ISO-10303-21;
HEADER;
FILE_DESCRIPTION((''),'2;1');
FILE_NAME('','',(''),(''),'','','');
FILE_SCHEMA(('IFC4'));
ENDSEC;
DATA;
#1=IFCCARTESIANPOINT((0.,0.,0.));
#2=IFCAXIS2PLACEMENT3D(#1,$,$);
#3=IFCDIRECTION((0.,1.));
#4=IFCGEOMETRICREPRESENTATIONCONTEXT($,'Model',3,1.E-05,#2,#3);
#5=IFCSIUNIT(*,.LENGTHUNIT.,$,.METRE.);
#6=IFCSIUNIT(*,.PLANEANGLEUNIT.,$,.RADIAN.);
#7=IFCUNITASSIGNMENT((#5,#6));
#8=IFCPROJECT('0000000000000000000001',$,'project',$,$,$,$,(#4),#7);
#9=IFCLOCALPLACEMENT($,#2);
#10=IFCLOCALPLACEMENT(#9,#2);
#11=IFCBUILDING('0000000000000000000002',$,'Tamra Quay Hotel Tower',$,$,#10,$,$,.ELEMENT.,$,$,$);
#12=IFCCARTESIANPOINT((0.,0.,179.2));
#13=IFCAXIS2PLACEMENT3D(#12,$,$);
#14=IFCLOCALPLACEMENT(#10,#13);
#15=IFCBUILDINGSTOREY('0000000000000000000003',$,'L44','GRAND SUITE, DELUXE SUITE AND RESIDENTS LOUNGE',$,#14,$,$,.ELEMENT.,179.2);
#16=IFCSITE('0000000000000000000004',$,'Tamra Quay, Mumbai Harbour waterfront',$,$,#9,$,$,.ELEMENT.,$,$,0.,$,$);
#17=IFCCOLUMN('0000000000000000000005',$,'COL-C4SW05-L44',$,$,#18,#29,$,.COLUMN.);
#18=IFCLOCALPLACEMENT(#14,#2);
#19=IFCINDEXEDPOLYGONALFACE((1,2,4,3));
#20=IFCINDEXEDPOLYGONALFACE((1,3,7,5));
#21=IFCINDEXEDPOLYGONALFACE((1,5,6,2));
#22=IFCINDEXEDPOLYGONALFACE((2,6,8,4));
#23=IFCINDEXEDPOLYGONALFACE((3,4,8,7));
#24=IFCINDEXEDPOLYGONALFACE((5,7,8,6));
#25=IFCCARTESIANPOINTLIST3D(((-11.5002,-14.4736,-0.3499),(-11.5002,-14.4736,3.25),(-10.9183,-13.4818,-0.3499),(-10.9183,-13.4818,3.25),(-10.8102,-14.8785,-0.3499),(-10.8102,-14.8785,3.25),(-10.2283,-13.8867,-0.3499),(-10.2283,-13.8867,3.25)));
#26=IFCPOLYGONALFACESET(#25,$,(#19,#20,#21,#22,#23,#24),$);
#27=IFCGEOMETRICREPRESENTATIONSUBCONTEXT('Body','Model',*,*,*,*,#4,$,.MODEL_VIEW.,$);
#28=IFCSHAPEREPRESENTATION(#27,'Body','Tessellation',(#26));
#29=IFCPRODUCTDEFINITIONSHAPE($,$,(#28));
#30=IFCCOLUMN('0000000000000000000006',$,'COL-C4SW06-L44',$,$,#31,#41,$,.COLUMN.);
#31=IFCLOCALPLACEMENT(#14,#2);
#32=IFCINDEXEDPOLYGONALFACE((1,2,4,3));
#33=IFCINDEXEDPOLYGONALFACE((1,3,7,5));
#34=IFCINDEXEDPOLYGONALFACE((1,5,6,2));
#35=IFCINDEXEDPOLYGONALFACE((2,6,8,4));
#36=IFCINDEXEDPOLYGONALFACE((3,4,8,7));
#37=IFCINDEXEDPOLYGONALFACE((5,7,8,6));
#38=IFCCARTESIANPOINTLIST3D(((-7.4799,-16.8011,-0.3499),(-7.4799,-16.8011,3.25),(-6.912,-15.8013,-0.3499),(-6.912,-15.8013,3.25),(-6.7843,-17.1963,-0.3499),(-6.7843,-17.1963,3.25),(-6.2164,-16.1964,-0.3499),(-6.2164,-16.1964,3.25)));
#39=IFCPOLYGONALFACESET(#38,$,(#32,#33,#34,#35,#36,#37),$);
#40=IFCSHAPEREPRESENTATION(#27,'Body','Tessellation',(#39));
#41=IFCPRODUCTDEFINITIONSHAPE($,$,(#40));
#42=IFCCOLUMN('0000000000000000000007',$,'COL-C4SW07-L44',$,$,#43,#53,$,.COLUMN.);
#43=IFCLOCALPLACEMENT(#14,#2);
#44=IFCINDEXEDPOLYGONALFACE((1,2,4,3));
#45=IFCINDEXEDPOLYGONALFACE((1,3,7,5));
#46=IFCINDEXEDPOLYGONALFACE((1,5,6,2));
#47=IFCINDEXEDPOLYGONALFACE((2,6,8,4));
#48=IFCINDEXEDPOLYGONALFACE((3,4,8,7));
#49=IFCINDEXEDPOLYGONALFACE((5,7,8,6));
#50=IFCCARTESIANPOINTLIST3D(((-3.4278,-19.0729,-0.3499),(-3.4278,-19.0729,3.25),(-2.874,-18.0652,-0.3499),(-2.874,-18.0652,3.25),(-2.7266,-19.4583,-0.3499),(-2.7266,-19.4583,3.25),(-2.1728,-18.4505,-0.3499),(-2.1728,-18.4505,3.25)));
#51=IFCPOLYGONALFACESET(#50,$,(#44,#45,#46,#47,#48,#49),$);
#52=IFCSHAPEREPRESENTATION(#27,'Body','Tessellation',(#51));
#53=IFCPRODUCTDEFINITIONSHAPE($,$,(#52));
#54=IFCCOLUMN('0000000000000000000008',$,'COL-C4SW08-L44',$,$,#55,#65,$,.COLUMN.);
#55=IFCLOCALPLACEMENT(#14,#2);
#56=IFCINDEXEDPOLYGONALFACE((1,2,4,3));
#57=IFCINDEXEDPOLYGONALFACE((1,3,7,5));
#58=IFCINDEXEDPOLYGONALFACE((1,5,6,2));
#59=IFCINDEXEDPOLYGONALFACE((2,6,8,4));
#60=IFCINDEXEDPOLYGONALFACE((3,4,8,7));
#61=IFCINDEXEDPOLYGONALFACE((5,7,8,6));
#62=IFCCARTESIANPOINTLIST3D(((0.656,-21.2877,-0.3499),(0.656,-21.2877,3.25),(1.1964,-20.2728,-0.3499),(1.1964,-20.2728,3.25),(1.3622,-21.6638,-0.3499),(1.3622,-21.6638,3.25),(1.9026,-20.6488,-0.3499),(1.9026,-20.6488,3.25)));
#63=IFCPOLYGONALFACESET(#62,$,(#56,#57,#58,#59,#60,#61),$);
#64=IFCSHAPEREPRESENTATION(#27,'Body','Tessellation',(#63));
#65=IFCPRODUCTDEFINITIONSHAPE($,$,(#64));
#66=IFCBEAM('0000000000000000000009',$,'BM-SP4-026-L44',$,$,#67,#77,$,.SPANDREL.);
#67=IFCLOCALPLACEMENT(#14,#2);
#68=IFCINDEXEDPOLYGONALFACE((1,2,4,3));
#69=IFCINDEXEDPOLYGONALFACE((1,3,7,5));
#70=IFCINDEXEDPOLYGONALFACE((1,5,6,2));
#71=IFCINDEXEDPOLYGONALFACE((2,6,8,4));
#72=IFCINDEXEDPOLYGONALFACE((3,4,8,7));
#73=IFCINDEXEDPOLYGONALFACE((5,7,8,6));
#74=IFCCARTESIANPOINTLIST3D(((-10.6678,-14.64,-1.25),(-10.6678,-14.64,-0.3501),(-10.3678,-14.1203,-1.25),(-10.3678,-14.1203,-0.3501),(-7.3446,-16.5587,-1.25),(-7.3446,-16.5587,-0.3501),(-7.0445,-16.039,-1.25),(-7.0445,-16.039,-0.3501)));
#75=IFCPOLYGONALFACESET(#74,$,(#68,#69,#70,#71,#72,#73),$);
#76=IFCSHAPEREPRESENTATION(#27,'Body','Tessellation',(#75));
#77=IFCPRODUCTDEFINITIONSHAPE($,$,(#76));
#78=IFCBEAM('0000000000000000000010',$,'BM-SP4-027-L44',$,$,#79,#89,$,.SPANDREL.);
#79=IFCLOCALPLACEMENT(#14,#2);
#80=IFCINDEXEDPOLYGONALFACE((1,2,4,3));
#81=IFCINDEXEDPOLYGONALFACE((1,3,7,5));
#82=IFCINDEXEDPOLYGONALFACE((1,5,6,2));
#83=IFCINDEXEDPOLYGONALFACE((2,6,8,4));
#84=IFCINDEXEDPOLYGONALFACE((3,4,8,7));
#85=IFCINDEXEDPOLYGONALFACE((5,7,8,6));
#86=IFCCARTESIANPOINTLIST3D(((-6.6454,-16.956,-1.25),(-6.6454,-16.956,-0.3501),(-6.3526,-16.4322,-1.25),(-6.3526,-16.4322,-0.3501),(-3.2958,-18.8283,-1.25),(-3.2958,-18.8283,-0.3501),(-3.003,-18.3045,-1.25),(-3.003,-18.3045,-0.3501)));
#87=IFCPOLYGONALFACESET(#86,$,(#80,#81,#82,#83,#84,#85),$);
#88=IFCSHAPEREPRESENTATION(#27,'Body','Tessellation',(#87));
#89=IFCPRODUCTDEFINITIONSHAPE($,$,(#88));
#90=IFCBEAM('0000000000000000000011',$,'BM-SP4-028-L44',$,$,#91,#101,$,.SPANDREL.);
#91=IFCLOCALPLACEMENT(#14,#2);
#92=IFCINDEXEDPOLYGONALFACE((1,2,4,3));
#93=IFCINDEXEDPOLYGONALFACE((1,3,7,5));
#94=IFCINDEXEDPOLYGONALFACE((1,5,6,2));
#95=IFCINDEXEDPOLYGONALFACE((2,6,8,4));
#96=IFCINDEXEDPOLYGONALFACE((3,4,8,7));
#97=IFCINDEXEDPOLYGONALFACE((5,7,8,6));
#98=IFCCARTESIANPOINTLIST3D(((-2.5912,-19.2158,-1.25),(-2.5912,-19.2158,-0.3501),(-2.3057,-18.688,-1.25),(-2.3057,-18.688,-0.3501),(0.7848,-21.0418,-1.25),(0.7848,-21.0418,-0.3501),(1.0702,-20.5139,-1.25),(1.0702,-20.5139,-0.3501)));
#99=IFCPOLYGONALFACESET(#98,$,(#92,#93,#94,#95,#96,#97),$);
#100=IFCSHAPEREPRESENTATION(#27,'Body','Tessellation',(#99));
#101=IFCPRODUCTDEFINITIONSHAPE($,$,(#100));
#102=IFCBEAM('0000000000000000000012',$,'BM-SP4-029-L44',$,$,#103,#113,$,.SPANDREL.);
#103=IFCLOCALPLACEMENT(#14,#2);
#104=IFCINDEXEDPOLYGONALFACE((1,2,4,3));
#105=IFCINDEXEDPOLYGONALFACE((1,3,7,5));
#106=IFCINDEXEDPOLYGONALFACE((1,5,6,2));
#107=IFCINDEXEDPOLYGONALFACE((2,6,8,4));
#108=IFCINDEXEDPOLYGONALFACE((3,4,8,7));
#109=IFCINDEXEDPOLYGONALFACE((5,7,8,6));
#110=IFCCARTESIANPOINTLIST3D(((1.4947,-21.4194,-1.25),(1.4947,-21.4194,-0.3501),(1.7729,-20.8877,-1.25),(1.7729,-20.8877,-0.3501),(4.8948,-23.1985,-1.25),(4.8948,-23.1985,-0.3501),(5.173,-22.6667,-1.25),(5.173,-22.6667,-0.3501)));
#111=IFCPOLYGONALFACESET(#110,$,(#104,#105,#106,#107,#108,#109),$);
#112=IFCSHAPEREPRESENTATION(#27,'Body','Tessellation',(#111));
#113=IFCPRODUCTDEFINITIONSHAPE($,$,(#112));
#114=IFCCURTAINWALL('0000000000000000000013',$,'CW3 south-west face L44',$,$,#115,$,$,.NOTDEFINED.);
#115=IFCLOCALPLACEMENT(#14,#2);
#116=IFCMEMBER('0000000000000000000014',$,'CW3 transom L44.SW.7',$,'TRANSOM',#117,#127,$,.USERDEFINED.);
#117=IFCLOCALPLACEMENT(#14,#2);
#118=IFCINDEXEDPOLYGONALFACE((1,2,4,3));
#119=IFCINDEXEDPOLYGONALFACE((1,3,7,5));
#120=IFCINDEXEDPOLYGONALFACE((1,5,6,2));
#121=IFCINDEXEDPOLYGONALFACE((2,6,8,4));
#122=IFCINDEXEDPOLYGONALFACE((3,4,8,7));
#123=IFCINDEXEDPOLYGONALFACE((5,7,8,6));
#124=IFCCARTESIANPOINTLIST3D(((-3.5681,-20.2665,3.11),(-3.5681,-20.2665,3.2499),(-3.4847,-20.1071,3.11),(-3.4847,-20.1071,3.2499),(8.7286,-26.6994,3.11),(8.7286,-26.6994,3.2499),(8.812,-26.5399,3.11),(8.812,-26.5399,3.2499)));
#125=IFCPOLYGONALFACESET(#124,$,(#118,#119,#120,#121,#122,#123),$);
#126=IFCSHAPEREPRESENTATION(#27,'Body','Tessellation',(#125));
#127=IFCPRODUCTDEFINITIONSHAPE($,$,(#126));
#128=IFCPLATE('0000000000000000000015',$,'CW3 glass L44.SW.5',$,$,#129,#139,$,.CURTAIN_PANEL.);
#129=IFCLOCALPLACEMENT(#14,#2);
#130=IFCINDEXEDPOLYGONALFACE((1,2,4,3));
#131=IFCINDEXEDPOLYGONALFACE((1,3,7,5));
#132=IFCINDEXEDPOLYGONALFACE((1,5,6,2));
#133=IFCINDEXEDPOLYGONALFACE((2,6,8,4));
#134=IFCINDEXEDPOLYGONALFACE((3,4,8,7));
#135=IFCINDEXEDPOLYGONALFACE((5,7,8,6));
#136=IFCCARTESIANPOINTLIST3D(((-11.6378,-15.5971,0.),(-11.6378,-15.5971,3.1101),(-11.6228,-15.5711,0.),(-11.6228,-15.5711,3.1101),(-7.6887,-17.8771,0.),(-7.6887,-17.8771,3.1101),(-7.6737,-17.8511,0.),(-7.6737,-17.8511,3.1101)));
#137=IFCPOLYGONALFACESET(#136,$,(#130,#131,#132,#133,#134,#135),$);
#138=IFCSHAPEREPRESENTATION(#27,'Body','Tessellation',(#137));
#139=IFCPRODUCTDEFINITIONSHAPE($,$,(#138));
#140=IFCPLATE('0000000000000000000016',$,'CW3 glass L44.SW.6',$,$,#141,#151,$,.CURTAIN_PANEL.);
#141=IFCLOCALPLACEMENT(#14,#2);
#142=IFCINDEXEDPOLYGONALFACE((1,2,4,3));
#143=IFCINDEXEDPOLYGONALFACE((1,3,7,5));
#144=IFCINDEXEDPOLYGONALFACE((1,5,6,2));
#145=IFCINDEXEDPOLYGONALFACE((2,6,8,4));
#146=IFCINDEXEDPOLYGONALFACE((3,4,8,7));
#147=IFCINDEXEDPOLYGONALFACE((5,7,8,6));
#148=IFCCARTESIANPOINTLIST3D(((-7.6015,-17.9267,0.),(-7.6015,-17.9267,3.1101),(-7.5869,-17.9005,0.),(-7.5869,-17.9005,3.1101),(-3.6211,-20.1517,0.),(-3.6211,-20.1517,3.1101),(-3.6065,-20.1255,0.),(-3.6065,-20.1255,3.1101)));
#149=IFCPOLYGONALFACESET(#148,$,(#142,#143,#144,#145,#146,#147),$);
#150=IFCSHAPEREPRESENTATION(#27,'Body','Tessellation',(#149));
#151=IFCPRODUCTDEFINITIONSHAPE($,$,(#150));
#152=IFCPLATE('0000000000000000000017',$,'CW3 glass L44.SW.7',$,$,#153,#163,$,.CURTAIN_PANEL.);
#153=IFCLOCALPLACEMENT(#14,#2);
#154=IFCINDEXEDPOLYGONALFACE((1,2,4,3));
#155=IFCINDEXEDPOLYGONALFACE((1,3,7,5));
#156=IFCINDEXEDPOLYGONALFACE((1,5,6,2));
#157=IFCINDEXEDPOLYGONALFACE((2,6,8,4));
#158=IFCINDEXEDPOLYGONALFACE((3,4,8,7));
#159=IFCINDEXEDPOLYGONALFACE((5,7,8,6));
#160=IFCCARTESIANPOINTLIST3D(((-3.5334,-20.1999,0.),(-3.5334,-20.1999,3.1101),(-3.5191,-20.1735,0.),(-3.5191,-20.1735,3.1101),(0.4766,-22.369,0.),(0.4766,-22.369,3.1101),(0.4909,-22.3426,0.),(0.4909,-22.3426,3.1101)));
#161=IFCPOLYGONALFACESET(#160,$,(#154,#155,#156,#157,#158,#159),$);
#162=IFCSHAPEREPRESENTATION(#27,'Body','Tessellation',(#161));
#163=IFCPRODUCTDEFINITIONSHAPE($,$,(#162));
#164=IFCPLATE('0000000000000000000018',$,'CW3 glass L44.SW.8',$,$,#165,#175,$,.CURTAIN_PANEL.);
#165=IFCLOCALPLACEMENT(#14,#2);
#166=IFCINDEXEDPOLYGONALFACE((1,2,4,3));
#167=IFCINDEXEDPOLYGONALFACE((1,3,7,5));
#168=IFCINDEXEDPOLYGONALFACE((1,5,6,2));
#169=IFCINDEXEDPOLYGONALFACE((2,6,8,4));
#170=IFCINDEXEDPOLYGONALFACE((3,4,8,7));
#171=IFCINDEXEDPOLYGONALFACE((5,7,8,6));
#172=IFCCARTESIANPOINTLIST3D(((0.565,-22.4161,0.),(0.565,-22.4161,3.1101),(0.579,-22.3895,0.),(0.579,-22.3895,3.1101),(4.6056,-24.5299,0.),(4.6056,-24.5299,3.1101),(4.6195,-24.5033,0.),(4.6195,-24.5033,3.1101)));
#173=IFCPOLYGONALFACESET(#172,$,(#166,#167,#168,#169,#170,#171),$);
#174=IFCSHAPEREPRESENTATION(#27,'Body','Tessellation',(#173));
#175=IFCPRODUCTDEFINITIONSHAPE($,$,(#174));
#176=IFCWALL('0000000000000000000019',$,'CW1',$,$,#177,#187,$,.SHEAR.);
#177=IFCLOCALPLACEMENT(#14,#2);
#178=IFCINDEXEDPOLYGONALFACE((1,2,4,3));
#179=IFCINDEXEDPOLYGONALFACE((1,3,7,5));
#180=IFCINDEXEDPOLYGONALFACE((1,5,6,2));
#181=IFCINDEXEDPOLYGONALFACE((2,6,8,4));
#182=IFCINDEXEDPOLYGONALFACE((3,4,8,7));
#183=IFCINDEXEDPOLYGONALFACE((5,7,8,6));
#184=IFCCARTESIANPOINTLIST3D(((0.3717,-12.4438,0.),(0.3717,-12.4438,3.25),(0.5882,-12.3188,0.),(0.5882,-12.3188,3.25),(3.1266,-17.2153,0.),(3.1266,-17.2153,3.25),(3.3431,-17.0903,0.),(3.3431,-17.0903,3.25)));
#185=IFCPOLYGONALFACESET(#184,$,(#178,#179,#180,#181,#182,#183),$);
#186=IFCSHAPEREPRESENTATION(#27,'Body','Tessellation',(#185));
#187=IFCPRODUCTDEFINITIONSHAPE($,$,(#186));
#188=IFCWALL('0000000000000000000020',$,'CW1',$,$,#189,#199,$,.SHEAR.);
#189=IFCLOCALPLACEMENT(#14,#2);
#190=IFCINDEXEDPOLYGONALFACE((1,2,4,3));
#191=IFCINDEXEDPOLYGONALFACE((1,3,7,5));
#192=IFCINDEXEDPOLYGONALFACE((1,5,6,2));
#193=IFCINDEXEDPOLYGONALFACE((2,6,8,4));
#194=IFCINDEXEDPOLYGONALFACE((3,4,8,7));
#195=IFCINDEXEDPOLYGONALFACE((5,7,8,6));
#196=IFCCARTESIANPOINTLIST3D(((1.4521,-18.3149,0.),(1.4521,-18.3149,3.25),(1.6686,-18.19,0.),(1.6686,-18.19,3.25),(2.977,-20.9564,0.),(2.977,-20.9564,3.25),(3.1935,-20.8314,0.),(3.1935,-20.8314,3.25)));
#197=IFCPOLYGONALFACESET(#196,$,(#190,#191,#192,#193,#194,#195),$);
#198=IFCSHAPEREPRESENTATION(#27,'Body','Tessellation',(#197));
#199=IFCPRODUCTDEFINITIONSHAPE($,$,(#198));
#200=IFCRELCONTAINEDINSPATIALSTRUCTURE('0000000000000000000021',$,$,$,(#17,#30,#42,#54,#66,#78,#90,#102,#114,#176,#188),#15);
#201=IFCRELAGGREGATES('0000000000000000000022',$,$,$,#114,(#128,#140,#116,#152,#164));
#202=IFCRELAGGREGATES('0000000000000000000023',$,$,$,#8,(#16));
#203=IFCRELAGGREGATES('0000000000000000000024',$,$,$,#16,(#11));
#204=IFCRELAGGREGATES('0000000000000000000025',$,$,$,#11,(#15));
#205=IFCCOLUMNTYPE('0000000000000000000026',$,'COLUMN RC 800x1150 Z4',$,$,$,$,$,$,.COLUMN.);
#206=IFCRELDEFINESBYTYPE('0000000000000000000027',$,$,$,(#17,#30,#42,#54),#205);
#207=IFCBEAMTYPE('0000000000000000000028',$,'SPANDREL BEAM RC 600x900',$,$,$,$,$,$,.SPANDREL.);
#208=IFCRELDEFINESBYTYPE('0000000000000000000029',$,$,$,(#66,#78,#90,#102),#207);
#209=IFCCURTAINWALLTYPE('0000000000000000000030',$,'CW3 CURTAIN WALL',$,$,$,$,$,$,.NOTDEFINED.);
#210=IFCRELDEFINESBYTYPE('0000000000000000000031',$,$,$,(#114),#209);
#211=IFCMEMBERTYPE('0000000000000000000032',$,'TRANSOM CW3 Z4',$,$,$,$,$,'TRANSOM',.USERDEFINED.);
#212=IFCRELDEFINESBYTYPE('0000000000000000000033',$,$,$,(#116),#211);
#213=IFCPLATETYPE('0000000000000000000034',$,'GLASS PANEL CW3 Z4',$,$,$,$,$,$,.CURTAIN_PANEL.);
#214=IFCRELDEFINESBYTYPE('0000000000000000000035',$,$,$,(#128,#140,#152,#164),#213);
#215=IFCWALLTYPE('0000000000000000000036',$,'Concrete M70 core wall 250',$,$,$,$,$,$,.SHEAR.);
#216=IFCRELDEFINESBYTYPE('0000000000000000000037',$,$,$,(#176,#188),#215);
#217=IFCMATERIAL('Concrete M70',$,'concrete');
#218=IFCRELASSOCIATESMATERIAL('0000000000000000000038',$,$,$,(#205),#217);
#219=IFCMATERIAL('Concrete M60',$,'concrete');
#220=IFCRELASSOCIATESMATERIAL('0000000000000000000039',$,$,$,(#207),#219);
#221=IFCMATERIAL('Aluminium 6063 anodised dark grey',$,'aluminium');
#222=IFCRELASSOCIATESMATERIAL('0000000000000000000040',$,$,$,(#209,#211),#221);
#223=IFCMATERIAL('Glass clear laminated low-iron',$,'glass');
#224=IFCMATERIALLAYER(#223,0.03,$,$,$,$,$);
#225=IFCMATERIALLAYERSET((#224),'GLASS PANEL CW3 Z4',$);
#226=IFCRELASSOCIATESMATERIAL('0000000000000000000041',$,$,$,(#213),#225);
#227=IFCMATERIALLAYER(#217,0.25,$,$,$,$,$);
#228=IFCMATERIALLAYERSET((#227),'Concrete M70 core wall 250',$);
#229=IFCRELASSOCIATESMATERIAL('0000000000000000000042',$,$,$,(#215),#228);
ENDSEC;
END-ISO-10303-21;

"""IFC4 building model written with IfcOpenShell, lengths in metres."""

from ifc_helpers import new_model, si_unit, direction, frame, frame_2d, origin, origin_2d, place, context, subcontext, project, spatial, rectangle, extrude, material, layer, layer_set, material_profile, profile_set, type_object, element, aggregate, save


model = new_model("IFC4")

# Units and contexts
model_context = context("Model", 3, precision=1e-05, world=origin(), true_north=direction((0.0, 1.0)))
body_context = subcontext(model_context, "Body", "Model", "MODEL_VIEW")
ifc_project = project(units=[si_unit("LENGTHUNIT", "METRE"), si_unit("PLANEANGLEUNIT", "RADIAN")], contexts=[model_context])

# Site, building, storey
site_placement = place(None, origin())
site = spatial("IfcSite", under=ifc_project, at=site_placement, Name="Tamra Quay, Mumbai Harbour waterfront", CompositionType="ELEMENT", RefElevation=0.0)
building_placement = place(site_placement, origin())
building = spatial("IfcBuilding", under=site, at=building_placement, Name="Tamra Quay Hotel Tower", CompositionType="ELEMENT")
storey_placement = place(building_placement, frame((0.0, 0.0, 179.2)))
storey = spatial("IfcBuildingStorey", under=building, at=storey_placement, Name="L44", Description="GRAND SUITE, DELUXE SUITE AND RESIDENTS LOUNGE", CompositionType="ELEMENT", Elevation=179.2)

# Columns
ifc_material_1 = material(Name="Concrete M70", Category="concrete")
ifc_material_profile_1 = material_profile(ifc_material_1, rectangle(XDim=1.1499, YDim=0.8, at=origin_2d()), Name="COLUMN RC 800x1150 Z4")
ifc_profile_set_1 = profile_set([ifc_material_profile_1], Name="Concrete M70")
column_type = type_object("IfcColumnType", Name="COLUMN RC 800x1150 Z4", PredefinedType="COLUMN", material=ifc_profile_set_1)
for number, where, z_axis, x_axis, name in (
    (1, (-10.8643, -14.1802, -0.3499), (0.0, 0.0, 1.0), (0.506085, 0.862484, 0.0), "COL-C4SW05-L44"),
    (2, (-6.8481, -16.4988, -0.3499), (0.0, 0.0, 1.0), (0.49389, 0.869524, 0.0), "COL-C4SW06-L44"),
    (3, (-2.8003, -18.7617, -0.3499), (0.0, 0.0, 1.0), (0.481602, 0.87639, 0.0), "COL-C4SW07-L44"),
    (4, (1.2793, -20.9683, -0.3499), (0.0, 0.0, 1.0), (0.470002, 0.882666, 0.0), "COL-C4SW08-L44"),
):
    element("IfcColumn", number, at=place(storey_placement, frame(where, z_axis=z_axis, x_axis=x_axis)), inside=storey, type_object=column_type, Name=name, PredefinedType="COLUMN", context=body_context, shape_type="SweptSolid", body=[
        extrude(rectangle(XDim=1.1499, YDim=0.8, at=origin_2d()), origin(), (0.0, 0.0, 1.0), 3.5999),
    ])

# Beams
ifc_material_2 = material(Name="Concrete M60", Category="concrete")
ifc_material_profile_2 = material_profile(ifc_material_2, rectangle(XDim=0.6001, YDim=0.8999, at=origin_2d()), Name="SPANDREL BEAM RC 600x900")
ifc_profile_set_2 = profile_set([ifc_material_profile_2], Name="Concrete M60")
beam_type = type_object("IfcBeamType", Name="SPANDREL BEAM RC 600x900", PredefinedType="SPANDREL", material=ifc_profile_set_2)
for number, where, z_axis, x_axis, name in (
    (5, (-10.5178, -14.3801, -0.8), (0.866022, -0.500005, 0.0), (0.500005, 0.866022, 0.0), "BM-SP4-026-L44"),
    (6, (-6.499, -16.6941, -0.8), (0.872891, -0.487915, 0.0), (0.487915, 0.872891, 0.0), "BM-SP4-027-L44"),
):
    element("IfcBeam", number, at=place(storey_placement, frame(where, z_axis=z_axis, x_axis=x_axis)), inside=storey, type_object=beam_type, Name=name, PredefinedType="SPANDREL", context=body_context, shape_type="SweptSolid", body=[
        extrude(rectangle(XDim=0.6001, YDim=0.8999, at=origin_2d()), origin(), (0.0, 0.0, 1.0), 3.8374),
    ])
beam_1_placement = place(storey_placement, frame((-2.4485, -18.9519, -0.8), z_axis=(0.879589, -0.475734, 0.0), x_axis=(0.475734, 0.879589, 0.0)))
element("IfcBeam", 7, at=beam_1_placement, inside=storey, type_object=beam_type, Name="BM-SP4-028-L44", PredefinedType="SPANDREL", context=body_context, shape_type="SweptSolid", body=[
    extrude(rectangle(XDim=0.6001, YDim=0.8999, at=origin_2d()), origin(), (0.0, 0.0, 1.0), 3.8381),
])
beam_2_placement = place(storey_placement, frame((1.6338, -21.1536, -0.8), z_axis=(0.886043, -0.463603, 0.0), x_axis=(0.463603, 0.886043, 0.0)))
element("IfcBeam", 8, at=beam_2_placement, inside=storey, type_object=beam_type, Name="BM-SP4-029-L44", PredefinedType="SPANDREL", context=body_context, shape_type="SweptSolid", body=[
    extrude(rectangle(XDim=0.6001, YDim=0.8999, at=origin_2d()), origin(), (0.0, 0.0, 1.0), 3.8374),
])

# Curtain wall, member, plates
ifc_material_3 = material(Name="Aluminium 6063 anodised dark grey", Category="aluminium")
curtain_wall_type = type_object("IfcCurtainWallType", Name="CW3 CURTAIN WALL", PredefinedType="NOTDEFINED", material=ifc_material_3)
curtain_wall_placement = place(storey_placement, origin())
curtain_wall = element("IfcCurtainWall", 9, at=curtain_wall_placement, inside=storey, type_object=curtain_wall_type, Name="CW3 south-west face L44", PredefinedType="NOTDEFINED")
ifc_material_profile_3 = material_profile(ifc_material_3, rectangle(XDim=0.1799, YDim=0.1399, at=origin_2d()), Name="TRANSOM 180X140")
ifc_profile_set_3 = profile_set([ifc_material_profile_3], Name="Aluminium 6063 anodised dark grey")
member_type = type_object("IfcMemberType", Name="TRANSOM CW3 Z4", ElementType="TRANSOM", PredefinedType="USERDEFINED", material=ifc_profile_set_3)
member_placement = place(storey_placement, frame((-3.5264, -20.1868, 3.1799), z_axis=(0.886075, -0.463542, 0.0), x_axis=(0.463542, 0.886075, 0.0)))
member = element("IfcMember", 10, at=member_placement, type_object=member_type, Name="CW3 transom L44.SW.7", ObjectType="TRANSOM", PredefinedType="USERDEFINED", context=body_context, shape_type="SweptSolid", body=[
    extrude(rectangle(XDim=0.1799, YDim=0.1399, at=origin_2d()), origin(), (0.0, 0.0, 1.0), 13.8777),
])
ifc_material_4 = material(Name="Glass clear laminated low-iron", Category="glass")
ifc_layer_1 = layer(ifc_material_4, 0.03)
ifc_layer_set_1 = layer_set([ifc_layer_1], Name="GLASS PANEL CW3 Z4")
plate_type = type_object("IfcPlateType", Name="GLASS PANEL CW3 Z4", PredefinedType="CURTAIN_PANEL", material=ifc_layer_set_1)
plate_1_placement = place(storey_placement, frame((-9.6558, -16.7241, 0.0), z_axis=(0.0, 0.0, 1.0), x_axis=(0.866025, -0.5, 0.0)))
plate_1 = element("IfcPlate", 11, at=plate_1_placement, type_object=plate_type, Name="CW3 glass L44.SW.5", PredefinedType="CURTAIN_PANEL", context=body_context, shape_type="SweptSolid", body=[
    extrude(rectangle(XDim=4.5601, YDim=0.03, at=origin_2d()), origin(), (0.0, 0.0, 1.0), 3.1101),
])
plate_2_placement = place(storey_placement, frame((-5.604, -19.0261, 0.0), z_axis=(0.0, 0.0, 1.0), x_axis=(0.872885, -0.487926, 0.0)))
plate_2 = element("IfcPlate", 12, at=plate_2_placement, type_object=plate_type, Name="CW3 glass L44.SW.6", PredefinedType="CURTAIN_PANEL", context=body_context, shape_type="SweptSolid", body=[
    extrude(rectangle(XDim=4.5601, YDim=0.03, at=origin_2d()), origin(), (0.0, 0.0, 1.0), 3.1101),
])
plate_3_placement = place(storey_placement, frame((-1.5212, -21.2712, 0.0), z_axis=(0.0, 0.0, 1.0), x_axis=(0.879569, -0.475772, 0.0)))
plate_3 = element("IfcPlate", 13, at=plate_3_placement, type_object=plate_type, Name="CW3 glass L44.SW.7", PredefinedType="CURTAIN_PANEL", context=body_context, shape_type="SweptSolid", body=[
    extrude(rectangle(XDim=4.5591, YDim=0.03, at=origin_2d()), origin(), (0.0, 0.0, 1.0), 3.1101),
])
plate_4_placement = place(storey_placement, frame((2.5923, -23.4597, 0.0), z_axis=(0.0, 0.0, 1.0), x_axis=(0.886076, -0.463541, 0.0)))
plate_4 = element("IfcPlate", 14, at=plate_4_placement, type_object=plate_type, Name="CW3 glass L44.SW.8", PredefinedType="CURTAIN_PANEL", context=body_context, shape_type="SweptSolid", body=[
    extrude(rectangle(XDim=4.5601, YDim=0.03, at=origin_2d()), origin(), (0.0, 0.0, 1.0), 3.1101),
])
aggregate(curtain_wall, [plate_1, plate_2, member, plate_3, plate_4])

# Walls
ifc_layer_2 = layer(ifc_material_1, 0.25)
ifc_layer_set_2 = layer_set([ifc_layer_2], Name="Concrete M70 core wall 250")
wall_type_1 = type_object("IfcWallType", Name="Concrete M70 core wall 250", PredefinedType="SHEAR", material=ifc_layer_set_2)
wall_1_placement = place(storey_placement, frame((3.2349, -17.1528, 0.0), z_axis=(0.0, 0.0, 1.0), x_axis=(-0.500009, 0.86602, 0.0)))
element("IfcWall", 15, at=wall_1_placement, inside=storey, type_object=wall_type_1, Name="CW1", PredefinedType="SHEAR", context=body_context, shape_type="SweptSolid", body=[
    extrude(rectangle(XDim=5.5098, YDim=0.25, at=frame_2d((2.7549, 0.0))), origin(), (0.0, 0.0, 1.0), 3.25),
])
wall_2_placement = place(storey_placement, frame((3.0852, -20.8938, 0.0), z_axis=(0.0, 0.0, 1.0), x_axis=(-0.499979, 0.866038, 0.0)))
element("IfcWall", 16, at=wall_2_placement, inside=storey, type_object=wall_type_1, Name="CW1", PredefinedType="SHEAR", context=body_context, shape_type="SweptSolid", body=[
    extrude(rectangle(XDim=3.05, YDim=0.25, at=frame_2d((1.5249, 0.0))), origin(), (0.0, 0.0, 1.0), 3.25),
])

save(model, "model.ifc")
